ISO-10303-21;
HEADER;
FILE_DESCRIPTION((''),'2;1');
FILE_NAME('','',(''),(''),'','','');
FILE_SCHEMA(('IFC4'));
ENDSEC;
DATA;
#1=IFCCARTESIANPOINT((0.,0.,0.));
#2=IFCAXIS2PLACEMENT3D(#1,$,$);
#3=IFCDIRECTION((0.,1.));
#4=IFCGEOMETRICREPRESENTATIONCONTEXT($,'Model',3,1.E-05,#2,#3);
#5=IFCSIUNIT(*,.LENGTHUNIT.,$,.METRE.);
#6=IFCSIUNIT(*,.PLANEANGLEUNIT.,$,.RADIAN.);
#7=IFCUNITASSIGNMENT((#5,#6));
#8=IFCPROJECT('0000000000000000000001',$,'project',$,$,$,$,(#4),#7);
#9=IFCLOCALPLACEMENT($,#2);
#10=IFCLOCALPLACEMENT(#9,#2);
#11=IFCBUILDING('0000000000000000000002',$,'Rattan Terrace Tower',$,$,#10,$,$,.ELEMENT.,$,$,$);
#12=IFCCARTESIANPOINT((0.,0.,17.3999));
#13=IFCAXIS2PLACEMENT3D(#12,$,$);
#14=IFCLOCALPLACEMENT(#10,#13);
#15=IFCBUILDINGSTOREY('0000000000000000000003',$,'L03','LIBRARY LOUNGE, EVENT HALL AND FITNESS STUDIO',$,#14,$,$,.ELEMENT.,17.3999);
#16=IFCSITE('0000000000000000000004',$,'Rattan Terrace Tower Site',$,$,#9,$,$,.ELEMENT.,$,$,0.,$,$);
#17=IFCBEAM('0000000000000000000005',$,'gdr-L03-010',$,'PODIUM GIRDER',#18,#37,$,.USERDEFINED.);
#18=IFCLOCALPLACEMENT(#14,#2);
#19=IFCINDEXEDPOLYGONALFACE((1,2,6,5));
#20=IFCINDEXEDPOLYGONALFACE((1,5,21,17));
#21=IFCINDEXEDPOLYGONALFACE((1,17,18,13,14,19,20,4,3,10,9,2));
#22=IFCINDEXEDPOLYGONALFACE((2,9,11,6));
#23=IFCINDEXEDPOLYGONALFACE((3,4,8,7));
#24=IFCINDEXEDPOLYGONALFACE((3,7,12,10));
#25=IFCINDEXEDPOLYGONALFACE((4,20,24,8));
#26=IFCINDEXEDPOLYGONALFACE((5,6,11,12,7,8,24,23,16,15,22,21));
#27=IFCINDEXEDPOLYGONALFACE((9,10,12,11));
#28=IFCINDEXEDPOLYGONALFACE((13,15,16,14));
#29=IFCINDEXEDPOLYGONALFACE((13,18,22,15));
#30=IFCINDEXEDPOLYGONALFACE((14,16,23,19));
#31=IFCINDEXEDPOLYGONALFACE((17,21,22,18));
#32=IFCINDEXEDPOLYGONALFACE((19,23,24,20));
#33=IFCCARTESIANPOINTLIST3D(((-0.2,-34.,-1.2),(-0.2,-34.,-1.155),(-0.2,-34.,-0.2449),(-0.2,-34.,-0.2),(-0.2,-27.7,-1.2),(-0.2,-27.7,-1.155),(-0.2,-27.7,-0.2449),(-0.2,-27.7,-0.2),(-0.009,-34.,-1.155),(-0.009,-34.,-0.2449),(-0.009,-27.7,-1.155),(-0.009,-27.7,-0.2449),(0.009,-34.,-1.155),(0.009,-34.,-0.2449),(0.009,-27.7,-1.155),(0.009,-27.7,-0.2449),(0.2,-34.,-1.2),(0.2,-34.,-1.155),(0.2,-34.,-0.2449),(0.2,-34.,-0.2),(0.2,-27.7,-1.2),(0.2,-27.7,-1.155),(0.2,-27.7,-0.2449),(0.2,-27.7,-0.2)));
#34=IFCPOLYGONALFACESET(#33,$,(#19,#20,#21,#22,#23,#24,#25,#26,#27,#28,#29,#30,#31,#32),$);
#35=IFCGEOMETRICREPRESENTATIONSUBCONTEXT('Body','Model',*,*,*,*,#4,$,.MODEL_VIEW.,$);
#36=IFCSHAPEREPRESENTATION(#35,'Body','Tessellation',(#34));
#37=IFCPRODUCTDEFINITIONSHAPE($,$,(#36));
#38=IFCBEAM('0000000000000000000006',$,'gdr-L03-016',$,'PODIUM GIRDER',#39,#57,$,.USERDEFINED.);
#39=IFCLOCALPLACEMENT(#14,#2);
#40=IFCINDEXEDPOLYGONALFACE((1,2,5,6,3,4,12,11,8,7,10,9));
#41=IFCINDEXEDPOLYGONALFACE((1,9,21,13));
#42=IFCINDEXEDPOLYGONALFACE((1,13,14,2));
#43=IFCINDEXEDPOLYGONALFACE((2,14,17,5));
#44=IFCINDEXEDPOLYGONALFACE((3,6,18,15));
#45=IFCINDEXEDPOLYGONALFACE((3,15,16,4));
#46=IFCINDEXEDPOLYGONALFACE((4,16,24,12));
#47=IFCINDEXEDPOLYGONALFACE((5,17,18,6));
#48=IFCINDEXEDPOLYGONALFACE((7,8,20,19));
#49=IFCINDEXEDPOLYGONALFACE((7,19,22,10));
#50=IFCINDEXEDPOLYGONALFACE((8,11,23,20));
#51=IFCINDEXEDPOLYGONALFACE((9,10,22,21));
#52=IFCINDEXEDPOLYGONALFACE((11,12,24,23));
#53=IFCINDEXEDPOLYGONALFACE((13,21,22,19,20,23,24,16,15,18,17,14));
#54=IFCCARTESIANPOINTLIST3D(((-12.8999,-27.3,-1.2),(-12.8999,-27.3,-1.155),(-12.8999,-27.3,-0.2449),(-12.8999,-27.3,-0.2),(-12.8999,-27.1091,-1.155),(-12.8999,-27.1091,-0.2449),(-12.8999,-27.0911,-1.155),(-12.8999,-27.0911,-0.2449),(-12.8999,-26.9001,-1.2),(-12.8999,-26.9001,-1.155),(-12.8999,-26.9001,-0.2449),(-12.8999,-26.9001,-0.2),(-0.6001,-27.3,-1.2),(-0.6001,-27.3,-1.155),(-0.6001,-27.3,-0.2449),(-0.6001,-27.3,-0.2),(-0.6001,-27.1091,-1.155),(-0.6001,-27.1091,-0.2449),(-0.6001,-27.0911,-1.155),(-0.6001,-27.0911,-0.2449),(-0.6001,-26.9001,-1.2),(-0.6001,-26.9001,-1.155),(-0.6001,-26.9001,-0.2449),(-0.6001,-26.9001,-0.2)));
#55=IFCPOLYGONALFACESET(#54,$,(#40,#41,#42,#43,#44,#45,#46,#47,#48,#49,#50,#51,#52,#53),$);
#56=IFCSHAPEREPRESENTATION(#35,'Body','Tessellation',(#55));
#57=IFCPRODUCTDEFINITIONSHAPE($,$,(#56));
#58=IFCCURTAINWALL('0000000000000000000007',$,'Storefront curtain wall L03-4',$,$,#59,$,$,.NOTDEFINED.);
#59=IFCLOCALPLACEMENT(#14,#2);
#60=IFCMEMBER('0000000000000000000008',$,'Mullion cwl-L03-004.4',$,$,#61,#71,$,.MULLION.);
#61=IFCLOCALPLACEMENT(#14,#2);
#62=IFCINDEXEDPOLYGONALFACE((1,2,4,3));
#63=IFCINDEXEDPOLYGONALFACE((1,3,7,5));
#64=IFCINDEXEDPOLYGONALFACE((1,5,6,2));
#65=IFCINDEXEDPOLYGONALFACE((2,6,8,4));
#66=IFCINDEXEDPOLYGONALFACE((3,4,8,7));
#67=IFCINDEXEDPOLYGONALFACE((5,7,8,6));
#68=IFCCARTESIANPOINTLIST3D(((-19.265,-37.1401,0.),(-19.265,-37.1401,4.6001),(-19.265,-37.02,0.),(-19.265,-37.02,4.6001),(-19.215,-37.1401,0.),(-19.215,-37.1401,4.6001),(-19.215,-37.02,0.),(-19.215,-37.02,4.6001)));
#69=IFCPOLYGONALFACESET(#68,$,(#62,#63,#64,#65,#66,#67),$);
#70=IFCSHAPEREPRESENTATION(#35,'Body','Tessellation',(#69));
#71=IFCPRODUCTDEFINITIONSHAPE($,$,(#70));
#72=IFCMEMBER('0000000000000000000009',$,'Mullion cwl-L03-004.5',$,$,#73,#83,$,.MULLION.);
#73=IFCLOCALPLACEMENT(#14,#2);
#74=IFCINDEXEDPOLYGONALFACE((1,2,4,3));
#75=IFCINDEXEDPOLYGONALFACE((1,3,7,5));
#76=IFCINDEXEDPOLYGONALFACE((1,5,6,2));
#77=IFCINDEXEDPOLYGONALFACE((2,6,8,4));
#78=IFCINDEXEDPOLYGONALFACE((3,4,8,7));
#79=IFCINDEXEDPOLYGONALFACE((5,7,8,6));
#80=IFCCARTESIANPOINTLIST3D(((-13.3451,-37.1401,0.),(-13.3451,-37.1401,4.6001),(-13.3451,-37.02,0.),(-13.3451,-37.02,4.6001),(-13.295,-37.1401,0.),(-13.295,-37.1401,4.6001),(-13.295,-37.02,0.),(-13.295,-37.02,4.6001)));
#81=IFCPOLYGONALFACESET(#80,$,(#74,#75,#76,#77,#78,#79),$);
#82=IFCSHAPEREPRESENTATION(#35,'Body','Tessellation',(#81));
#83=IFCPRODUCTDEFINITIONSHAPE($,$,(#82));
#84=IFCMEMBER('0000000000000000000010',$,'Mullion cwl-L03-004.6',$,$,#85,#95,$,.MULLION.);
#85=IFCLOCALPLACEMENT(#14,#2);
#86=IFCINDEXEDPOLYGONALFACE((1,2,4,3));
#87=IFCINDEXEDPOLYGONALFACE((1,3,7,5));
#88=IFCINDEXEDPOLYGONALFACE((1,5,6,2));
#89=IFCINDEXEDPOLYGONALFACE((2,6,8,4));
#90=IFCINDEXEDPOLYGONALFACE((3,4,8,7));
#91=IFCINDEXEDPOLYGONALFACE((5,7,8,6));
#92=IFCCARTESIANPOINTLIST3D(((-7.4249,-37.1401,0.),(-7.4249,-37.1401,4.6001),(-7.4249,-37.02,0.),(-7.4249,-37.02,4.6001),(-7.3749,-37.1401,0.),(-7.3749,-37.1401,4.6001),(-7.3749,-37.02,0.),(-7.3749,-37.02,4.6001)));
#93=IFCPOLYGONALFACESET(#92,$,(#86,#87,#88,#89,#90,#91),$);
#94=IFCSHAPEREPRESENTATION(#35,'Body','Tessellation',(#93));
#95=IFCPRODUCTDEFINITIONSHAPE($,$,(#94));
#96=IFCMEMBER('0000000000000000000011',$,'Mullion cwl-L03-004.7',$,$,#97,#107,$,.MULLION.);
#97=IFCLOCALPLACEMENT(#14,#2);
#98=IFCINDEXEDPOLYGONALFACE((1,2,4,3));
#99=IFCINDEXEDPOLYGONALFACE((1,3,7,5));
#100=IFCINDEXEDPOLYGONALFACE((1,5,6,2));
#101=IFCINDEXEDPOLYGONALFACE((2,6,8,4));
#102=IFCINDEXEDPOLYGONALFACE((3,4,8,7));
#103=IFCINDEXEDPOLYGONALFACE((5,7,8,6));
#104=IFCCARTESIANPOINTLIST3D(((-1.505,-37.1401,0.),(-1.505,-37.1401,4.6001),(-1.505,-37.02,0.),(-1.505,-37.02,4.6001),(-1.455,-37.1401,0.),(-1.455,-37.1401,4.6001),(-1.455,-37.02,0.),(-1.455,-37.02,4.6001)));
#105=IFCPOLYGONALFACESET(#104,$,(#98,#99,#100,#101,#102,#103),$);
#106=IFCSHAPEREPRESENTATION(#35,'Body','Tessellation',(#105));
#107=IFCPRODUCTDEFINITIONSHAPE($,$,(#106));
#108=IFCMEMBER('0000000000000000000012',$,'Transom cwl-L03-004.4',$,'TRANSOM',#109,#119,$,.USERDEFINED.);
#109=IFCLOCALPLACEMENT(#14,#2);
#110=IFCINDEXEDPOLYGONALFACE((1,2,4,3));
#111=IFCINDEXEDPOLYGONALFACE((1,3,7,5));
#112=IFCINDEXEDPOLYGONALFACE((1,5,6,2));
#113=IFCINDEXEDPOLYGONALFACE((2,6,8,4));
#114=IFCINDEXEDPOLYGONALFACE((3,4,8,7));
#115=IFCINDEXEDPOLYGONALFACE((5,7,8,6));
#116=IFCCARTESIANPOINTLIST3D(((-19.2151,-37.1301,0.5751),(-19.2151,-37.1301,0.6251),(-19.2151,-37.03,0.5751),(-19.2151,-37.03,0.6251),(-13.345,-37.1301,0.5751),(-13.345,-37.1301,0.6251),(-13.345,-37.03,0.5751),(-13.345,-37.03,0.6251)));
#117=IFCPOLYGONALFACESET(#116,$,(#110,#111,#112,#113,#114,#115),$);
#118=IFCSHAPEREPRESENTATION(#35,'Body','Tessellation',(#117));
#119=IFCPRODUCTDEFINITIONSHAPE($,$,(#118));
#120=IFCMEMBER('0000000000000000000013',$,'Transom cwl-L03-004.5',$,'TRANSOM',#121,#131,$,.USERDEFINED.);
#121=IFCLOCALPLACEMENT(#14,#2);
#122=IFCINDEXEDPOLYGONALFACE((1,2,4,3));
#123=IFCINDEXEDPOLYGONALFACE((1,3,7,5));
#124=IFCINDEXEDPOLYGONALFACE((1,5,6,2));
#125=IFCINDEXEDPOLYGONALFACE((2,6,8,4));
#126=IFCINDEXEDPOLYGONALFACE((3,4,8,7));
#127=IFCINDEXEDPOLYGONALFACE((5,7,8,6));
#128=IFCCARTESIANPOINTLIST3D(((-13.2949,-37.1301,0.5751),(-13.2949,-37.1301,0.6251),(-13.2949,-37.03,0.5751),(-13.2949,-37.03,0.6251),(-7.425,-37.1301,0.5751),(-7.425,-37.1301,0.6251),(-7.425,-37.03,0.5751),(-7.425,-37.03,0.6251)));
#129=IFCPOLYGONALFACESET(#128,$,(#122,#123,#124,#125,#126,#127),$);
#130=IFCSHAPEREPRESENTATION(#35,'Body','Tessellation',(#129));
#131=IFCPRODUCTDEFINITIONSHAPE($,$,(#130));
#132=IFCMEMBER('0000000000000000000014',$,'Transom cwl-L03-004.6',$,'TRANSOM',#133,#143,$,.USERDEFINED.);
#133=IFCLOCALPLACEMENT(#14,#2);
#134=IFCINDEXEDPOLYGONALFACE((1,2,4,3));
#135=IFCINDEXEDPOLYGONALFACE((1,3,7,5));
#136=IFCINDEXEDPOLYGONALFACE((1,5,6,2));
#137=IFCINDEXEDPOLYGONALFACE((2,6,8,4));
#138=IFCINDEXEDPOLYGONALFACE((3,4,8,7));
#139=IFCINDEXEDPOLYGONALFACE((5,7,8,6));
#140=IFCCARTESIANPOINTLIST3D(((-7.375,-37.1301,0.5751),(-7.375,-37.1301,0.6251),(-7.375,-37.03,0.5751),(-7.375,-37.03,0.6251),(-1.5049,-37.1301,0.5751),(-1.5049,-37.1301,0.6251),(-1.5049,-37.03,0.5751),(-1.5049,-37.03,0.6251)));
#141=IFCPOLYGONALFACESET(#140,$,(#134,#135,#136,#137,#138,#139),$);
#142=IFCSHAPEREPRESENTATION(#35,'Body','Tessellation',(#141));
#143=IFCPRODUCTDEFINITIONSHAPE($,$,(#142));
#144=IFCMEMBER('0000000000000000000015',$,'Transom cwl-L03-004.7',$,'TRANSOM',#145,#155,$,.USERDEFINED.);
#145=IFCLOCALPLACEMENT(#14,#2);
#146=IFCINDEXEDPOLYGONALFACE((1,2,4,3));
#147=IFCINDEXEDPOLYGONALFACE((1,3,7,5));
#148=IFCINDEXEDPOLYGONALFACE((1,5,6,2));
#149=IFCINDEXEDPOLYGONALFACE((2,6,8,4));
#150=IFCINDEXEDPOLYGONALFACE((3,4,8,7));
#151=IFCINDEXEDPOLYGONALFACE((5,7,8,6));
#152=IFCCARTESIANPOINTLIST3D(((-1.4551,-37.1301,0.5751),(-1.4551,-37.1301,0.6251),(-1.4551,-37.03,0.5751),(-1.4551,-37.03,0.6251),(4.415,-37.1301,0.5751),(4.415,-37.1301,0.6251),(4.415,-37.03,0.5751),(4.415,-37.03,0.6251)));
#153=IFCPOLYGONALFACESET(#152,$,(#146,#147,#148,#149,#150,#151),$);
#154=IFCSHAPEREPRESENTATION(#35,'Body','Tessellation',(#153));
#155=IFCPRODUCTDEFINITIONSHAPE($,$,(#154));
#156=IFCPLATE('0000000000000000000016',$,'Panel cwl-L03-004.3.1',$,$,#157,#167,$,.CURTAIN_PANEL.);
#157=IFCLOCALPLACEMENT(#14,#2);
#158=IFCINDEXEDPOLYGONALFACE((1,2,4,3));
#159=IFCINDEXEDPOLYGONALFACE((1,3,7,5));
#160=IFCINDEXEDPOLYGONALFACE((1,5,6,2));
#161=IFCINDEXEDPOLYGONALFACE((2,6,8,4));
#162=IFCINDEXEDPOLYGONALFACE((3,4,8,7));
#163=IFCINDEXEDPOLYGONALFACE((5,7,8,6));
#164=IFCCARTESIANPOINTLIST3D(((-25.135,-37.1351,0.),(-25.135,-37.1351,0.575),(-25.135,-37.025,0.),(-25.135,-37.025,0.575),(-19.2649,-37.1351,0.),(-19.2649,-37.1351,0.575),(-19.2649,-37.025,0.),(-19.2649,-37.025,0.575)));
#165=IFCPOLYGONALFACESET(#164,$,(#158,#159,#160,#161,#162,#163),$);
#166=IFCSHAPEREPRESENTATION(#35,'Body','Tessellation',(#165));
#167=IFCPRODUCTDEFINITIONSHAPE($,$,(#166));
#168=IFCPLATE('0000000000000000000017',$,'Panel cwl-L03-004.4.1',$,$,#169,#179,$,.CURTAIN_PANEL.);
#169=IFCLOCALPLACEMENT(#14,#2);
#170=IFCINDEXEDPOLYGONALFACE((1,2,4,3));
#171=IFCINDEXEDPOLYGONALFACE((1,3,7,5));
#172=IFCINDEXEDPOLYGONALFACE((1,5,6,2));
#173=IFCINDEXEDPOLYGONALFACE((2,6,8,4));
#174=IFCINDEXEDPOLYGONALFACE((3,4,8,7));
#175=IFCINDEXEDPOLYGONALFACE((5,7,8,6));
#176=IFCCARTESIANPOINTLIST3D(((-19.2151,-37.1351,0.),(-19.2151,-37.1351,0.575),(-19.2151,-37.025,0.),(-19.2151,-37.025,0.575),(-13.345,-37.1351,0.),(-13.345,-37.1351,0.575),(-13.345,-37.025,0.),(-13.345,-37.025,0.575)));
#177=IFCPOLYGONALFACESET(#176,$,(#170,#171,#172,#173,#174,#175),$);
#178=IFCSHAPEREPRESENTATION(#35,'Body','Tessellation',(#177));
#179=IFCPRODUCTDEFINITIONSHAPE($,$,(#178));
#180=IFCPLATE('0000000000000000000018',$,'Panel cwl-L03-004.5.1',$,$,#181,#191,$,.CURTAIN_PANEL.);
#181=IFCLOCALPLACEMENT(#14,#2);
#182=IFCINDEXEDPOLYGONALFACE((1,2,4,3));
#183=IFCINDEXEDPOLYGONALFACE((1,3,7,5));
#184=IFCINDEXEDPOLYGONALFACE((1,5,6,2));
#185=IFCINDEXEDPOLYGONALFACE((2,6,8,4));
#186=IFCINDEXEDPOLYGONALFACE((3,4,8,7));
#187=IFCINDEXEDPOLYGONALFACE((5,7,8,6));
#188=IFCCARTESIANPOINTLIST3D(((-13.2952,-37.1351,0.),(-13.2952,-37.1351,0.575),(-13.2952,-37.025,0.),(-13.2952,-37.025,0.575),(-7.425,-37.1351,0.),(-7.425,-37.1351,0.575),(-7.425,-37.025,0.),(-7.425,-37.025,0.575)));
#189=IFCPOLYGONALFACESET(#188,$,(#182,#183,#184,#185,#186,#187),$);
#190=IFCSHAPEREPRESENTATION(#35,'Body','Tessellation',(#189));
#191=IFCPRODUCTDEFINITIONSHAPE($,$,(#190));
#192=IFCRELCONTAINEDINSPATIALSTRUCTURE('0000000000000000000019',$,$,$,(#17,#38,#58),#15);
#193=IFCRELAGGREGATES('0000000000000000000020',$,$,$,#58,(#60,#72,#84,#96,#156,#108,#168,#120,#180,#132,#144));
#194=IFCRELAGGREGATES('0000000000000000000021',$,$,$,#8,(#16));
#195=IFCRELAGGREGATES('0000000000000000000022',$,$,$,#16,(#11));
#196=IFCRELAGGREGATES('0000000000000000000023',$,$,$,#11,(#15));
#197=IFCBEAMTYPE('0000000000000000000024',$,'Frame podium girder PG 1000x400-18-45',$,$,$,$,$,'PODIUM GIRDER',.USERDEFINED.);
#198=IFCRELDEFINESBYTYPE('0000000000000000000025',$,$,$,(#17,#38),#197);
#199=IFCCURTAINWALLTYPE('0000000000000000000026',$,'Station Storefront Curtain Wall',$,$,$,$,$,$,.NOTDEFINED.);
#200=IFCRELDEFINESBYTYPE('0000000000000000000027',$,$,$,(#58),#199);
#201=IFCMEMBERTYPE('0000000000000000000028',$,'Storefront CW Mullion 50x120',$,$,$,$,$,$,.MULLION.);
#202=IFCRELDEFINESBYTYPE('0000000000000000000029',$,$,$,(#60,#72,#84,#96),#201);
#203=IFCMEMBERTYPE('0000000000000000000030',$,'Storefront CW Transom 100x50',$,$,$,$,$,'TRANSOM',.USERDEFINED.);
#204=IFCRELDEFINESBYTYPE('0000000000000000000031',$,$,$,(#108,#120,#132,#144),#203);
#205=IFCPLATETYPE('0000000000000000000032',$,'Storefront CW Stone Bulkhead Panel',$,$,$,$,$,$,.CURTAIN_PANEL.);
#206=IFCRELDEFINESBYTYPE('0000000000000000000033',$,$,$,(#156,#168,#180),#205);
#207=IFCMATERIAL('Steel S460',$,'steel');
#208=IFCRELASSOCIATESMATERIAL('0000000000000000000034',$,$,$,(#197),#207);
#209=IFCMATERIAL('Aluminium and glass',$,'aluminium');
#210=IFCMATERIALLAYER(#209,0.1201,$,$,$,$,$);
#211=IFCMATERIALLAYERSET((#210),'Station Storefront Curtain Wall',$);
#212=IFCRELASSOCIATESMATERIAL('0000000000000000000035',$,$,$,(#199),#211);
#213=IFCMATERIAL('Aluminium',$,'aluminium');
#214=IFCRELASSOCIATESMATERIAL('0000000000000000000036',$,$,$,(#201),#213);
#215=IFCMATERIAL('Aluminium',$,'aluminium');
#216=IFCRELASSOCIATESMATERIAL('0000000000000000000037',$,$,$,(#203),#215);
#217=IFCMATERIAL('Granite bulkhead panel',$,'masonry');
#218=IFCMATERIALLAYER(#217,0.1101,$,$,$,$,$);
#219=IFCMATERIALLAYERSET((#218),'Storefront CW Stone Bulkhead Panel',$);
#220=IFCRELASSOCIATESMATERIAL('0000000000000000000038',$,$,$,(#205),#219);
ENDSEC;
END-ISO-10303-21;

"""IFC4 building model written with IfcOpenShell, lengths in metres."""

from ifc_helpers import new_model, si_unit, direction, frame, origin, origin_2d, place, context, subcontext, project, spatial, rectangle, i_section, extrude, material, layer, layer_set, material_profile, profile_set, type_object, element, aggregate, save


model = new_model("IFC4")

# Units and contexts
model_context = context("Model", 3, precision=1e-05, world=origin(), true_north=direction((0.0, 1.0)))
body_context = subcontext(model_context, "Body", "Model", "MODEL_VIEW")
ifc_project = project(units=[si_unit("LENGTHUNIT", "METRE"), si_unit("PLANEANGLEUNIT", "RADIAN")], contexts=[model_context])

# Site, building, storey
site_placement = place(None, origin())
site = spatial("IfcSite", under=ifc_project, at=site_placement, Name="Rattan Terrace Tower Site", CompositionType="ELEMENT", RefElevation=0.0)
building_placement = place(site_placement, origin())
building = spatial("IfcBuilding", under=site, at=building_placement, Name="Rattan Terrace Tower", CompositionType="ELEMENT")
storey_placement = place(building_placement, frame((0.0, 0.0, 17.3999)))
storey = spatial("IfcBuildingStorey", under=building, at=storey_placement, Name="L03", Description="LIBRARY LOUNGE, EVENT HALL AND FITNESS STUDIO", CompositionType="ELEMENT", Elevation=17.3999)

# Beams
ifc_material_1 = material(Name="Steel S460", Category="steel")
ifc_material_profile_1 = material_profile(ifc_material_1, i_section(OverallWidth=0.3999, OverallDepth=1.0, WebThickness=0.0181, FlangeThickness=0.0449, at=origin_2d()), Name="PG 1000x400-18-45")
ifc_profile_set_1 = profile_set([ifc_material_profile_1], Name="Steel S460")
beam_type_1 = type_object("IfcBeamType", Name="Frame podium girder PG 1000x400-18-45", ElementType="PODIUM GIRDER", PredefinedType="USERDEFINED", material=ifc_profile_set_1)
for number, where, z_axis, x_axis, name in (
    (1, (0.0, -34.0, -0.7), (0.0, 1.0, 0.0), (-1.0, 0.0, 0.0), "gdr-L03-010"),
):
    element("IfcBeam", number, at=place(storey_placement, frame(where, z_axis=z_axis, x_axis=x_axis)), inside=storey, type_object=beam_type_1, Name=name, ObjectType="PODIUM GIRDER", PredefinedType="USERDEFINED", context=body_context, shape_type="SweptSolid", body=[
        extrude(i_section(OverallWidth=0.3999, OverallDepth=1.0, WebThickness=0.0181, FlangeThickness=0.0449, at=origin_2d()), origin(), (0.0, 0.0, 1.0), 6.3),
    ])
beam_1_placement = place(storey_placement, frame((-12.8999, -27.1001, -0.7), z_axis=(1.0, 0.0, 0.0), x_axis=(0.0, 1.0, 0.0)))
element("IfcBeam", 2, at=beam_1_placement, inside=storey, type_object=beam_type_1, Name="gdr-L03-016", ObjectType="PODIUM GIRDER", PredefinedType="USERDEFINED", context=body_context, shape_type="SweptSolid", body=[
    extrude(i_section(OverallWidth=0.3999, OverallDepth=1.0, WebThickness=0.0181, FlangeThickness=0.0449, at=origin_2d()), origin(), (0.0, 0.0, 1.0), 12.2998),
])

# Curtain wall, members, plates
ifc_material_2 = material(Name="Aluminium and glass", Category="aluminium")
ifc_layer_1 = layer(ifc_material_2, 0.1201)
ifc_layer_set_1 = layer_set([ifc_layer_1], Name="Station Storefront Curtain Wall")
curtain_wall_type = type_object("IfcCurtainWallType", Name="Station Storefront Curtain Wall", PredefinedType="NOTDEFINED", material=ifc_layer_set_1)
curtain_wall_placement = place(storey_placement, origin())
curtain_wall = element("IfcCurtainWall", 3, at=curtain_wall_placement, inside=storey, type_object=curtain_wall_type, Name="Storefront curtain wall L03-4", PredefinedType="NOTDEFINED")
ifc_material_3 = material(Name="Aluminium", Category="aluminium")
ifc_material_profile_2 = material_profile(ifc_material_3, rectangle(XDim=0.05, YDim=0.1201, at=origin_2d()), Name="Aluminium 50x120")
ifc_profile_set_2 = profile_set([ifc_material_profile_2], Name="Aluminium")
member_type_1 = type_object("IfcMemberType", Name="Storefront CW Mullion 50x120", PredefinedType="MULLION", material=ifc_profile_set_2)
member_1_placement = place(storey_placement, frame((-19.24, -37.0801, 0.0), z_axis=(0.0, 0.0, 1.0), x_axis=(1.0, 0.0, 0.0)))
member_1 = element("IfcMember", 4, at=member_1_placement, type_object=member_type_1, Name="Mullion cwl-L03-004.4", PredefinedType="MULLION", context=body_context, shape_type="SweptSolid", body=[
    extrude(rectangle(XDim=0.05, YDim=0.1201, at=origin_2d()), origin(), (0.0, 0.0, 1.0), 4.6001),
])
member_2_placement = place(storey_placement, frame((-13.3201, -37.0801, 0.0), z_axis=(0.0, 0.0, 1.0), x_axis=(1.0, 0.0, 0.0)))
member_2 = element("IfcMember", 5, at=member_2_placement, type_object=member_type_1, Name="Mullion cwl-L03-004.5", PredefinedType="MULLION", context=body_context, shape_type="SweptSolid", body=[
    extrude(rectangle(XDim=0.05, YDim=0.1201, at=origin_2d()), origin(), (0.0, 0.0, 1.0), 4.6001),
])
member_3_placement = place(storey_placement, frame((-7.3999, -37.0801, 0.0), z_axis=(0.0, 0.0, 1.0), x_axis=(1.0, 0.0, 0.0)))
member_3 = element("IfcMember", 6, at=member_3_placement, type_object=member_type_1, Name="Mullion cwl-L03-004.6", PredefinedType="MULLION", context=body_context, shape_type="SweptSolid", body=[
    extrude(rectangle(XDim=0.05, YDim=0.1201, at=origin_2d()), origin(), (0.0, 0.0, 1.0), 4.6001),
])
member_4_placement = place(storey_placement, frame((-1.48, -37.0801, 0.0), z_axis=(0.0, 0.0, 1.0), x_axis=(1.0, 0.0, 0.0)))
member_4 = element("IfcMember", 7, at=member_4_placement, type_object=member_type_1, Name="Mullion cwl-L03-004.7", PredefinedType="MULLION", context=body_context, shape_type="SweptSolid", body=[
    extrude(rectangle(XDim=0.05, YDim=0.1201, at=origin_2d()), origin(), (0.0, 0.0, 1.0), 4.6001),
])
ifc_material_4 = material(Name="Aluminium", Category="aluminium")
ifc_material_profile_3 = material_profile(ifc_material_4, rectangle(XDim=0.1001, YDim=0.05, at=origin_2d()), Name="Aluminium 100x50")
ifc_profile_set_3 = profile_set([ifc_material_profile_3], Name="Aluminium")
member_type_2 = type_object("IfcMemberType", Name="Storefront CW Transom 100x50", ElementType="TRANSOM", PredefinedType="USERDEFINED", material=ifc_profile_set_3)
member_5_placement = place(storey_placement, frame((-19.2151, -37.0801, 0.6001), z_axis=(1.0, 0.0, 0.0), x_axis=(0.0, 1.0, 0.0)))
member_5 = element("IfcMember", 8, at=member_5_placement, type_object=member_type_2, Name="Transom cwl-L03-004.4", ObjectType="TRANSOM", PredefinedType="USERDEFINED", context=body_context, shape_type="SweptSolid", body=[
    extrude(rectangle(XDim=0.1001, YDim=0.05, at=origin_2d()), origin(), (0.0, 0.0, 1.0), 5.8701),
])
member_6_placement = place(storey_placement, frame((-13.2949, -37.0801, 0.6001), z_axis=(1.0, 0.0, 0.0), x_axis=(0.0, 1.0, 0.0)))
member_6 = element("IfcMember", 9, at=member_6_placement, type_object=member_type_2, Name="Transom cwl-L03-004.5", ObjectType="TRANSOM", PredefinedType="USERDEFINED", context=body_context, shape_type="SweptSolid", body=[
    extrude(rectangle(XDim=0.1001, YDim=0.05, at=origin_2d()), origin(), (0.0, 0.0, 1.0), 5.8699),
])
member_7_placement = place(storey_placement, frame((-7.375, -37.0801, 0.6001), z_axis=(1.0, 0.0, 0.0), x_axis=(0.0, 1.0, 0.0)))
member_7 = element("IfcMember", 10, at=member_7_placement, type_object=member_type_2, Name="Transom cwl-L03-004.6", ObjectType="TRANSOM", PredefinedType="USERDEFINED", context=body_context, shape_type="SweptSolid", body=[
    extrude(rectangle(XDim=0.1001, YDim=0.05, at=origin_2d()), origin(), (0.0, 0.0, 1.0), 5.8701),
])
member_8_placement = place(storey_placement, frame((-1.4551, -37.0801, 0.6001), z_axis=(1.0, 0.0, 0.0), x_axis=(0.0, 1.0, 0.0)))
member_8 = element("IfcMember", 11, at=member_8_placement, type_object=member_type_2, Name="Transom cwl-L03-004.7", ObjectType="TRANSOM", PredefinedType="USERDEFINED", context=body_context, shape_type="SweptSolid", body=[
    extrude(rectangle(XDim=0.1001, YDim=0.05, at=origin_2d()), origin(), (0.0, 0.0, 1.0), 5.8701),
])
ifc_material_5 = material(Name="Granite bulkhead panel", Category="masonry")
ifc_layer_2 = layer(ifc_material_5, 0.1101)
ifc_layer_set_2 = layer_set([ifc_layer_2], Name="Storefront CW Stone Bulkhead Panel")
plate_type_1 = type_object("IfcPlateType", Name="Storefront CW Stone Bulkhead Panel", PredefinedType="CURTAIN_PANEL", material=ifc_layer_set_2)
plate_1_placement = place(storey_placement, frame((-22.2, -37.0801, 0.0), z_axis=(0.0, 0.0, 1.0), x_axis=(1.0, 0.0, 0.0)))
plate_1 = element("IfcPlate", 12, at=plate_1_placement, type_object=plate_type_1, Name="Panel cwl-L03-004.3.1", PredefinedType="CURTAIN_PANEL", context=body_context, shape_type="SweptSolid", body=[
    extrude(rectangle(XDim=5.8701, YDim=0.1101, at=origin_2d()), origin(), (0.0, 0.0, 1.0), 0.575),
])
plate_2_placement = place(storey_placement, frame((-16.28, -37.0801, 0.0), z_axis=(0.0, 0.0, 1.0), x_axis=(1.0, 0.0, 0.0)))
plate_2 = element("IfcPlate", 13, at=plate_2_placement, type_object=plate_type_1, Name="Panel cwl-L03-004.4.1", PredefinedType="CURTAIN_PANEL", context=body_context, shape_type="SweptSolid", body=[
    extrude(rectangle(XDim=5.8701, YDim=0.1101, at=origin_2d()), origin(), (0.0, 0.0, 1.0), 0.575),
])
plate_3_placement = place(storey_placement, frame((-10.3601, -37.0801, 0.0), z_axis=(0.0, 0.0, 1.0), x_axis=(1.0, 0.0, 0.0)))
plate_3 = element("IfcPlate", 14, at=plate_3_placement, type_object=plate_type_1, Name="Panel cwl-L03-004.5.1", PredefinedType="CURTAIN_PANEL", context=body_context, shape_type="SweptSolid", body=[
    extrude(rectangle(XDim=5.8701, YDim=0.1101, at=origin_2d()), origin(), (0.0, 0.0, 1.0), 0.575),
])
aggregate(curtain_wall, [member_1, member_2, member_3, member_4, plate_1, member_5, plate_2, member_6, plate_3, member_7, member_8])

save(model, "model.ifc")
